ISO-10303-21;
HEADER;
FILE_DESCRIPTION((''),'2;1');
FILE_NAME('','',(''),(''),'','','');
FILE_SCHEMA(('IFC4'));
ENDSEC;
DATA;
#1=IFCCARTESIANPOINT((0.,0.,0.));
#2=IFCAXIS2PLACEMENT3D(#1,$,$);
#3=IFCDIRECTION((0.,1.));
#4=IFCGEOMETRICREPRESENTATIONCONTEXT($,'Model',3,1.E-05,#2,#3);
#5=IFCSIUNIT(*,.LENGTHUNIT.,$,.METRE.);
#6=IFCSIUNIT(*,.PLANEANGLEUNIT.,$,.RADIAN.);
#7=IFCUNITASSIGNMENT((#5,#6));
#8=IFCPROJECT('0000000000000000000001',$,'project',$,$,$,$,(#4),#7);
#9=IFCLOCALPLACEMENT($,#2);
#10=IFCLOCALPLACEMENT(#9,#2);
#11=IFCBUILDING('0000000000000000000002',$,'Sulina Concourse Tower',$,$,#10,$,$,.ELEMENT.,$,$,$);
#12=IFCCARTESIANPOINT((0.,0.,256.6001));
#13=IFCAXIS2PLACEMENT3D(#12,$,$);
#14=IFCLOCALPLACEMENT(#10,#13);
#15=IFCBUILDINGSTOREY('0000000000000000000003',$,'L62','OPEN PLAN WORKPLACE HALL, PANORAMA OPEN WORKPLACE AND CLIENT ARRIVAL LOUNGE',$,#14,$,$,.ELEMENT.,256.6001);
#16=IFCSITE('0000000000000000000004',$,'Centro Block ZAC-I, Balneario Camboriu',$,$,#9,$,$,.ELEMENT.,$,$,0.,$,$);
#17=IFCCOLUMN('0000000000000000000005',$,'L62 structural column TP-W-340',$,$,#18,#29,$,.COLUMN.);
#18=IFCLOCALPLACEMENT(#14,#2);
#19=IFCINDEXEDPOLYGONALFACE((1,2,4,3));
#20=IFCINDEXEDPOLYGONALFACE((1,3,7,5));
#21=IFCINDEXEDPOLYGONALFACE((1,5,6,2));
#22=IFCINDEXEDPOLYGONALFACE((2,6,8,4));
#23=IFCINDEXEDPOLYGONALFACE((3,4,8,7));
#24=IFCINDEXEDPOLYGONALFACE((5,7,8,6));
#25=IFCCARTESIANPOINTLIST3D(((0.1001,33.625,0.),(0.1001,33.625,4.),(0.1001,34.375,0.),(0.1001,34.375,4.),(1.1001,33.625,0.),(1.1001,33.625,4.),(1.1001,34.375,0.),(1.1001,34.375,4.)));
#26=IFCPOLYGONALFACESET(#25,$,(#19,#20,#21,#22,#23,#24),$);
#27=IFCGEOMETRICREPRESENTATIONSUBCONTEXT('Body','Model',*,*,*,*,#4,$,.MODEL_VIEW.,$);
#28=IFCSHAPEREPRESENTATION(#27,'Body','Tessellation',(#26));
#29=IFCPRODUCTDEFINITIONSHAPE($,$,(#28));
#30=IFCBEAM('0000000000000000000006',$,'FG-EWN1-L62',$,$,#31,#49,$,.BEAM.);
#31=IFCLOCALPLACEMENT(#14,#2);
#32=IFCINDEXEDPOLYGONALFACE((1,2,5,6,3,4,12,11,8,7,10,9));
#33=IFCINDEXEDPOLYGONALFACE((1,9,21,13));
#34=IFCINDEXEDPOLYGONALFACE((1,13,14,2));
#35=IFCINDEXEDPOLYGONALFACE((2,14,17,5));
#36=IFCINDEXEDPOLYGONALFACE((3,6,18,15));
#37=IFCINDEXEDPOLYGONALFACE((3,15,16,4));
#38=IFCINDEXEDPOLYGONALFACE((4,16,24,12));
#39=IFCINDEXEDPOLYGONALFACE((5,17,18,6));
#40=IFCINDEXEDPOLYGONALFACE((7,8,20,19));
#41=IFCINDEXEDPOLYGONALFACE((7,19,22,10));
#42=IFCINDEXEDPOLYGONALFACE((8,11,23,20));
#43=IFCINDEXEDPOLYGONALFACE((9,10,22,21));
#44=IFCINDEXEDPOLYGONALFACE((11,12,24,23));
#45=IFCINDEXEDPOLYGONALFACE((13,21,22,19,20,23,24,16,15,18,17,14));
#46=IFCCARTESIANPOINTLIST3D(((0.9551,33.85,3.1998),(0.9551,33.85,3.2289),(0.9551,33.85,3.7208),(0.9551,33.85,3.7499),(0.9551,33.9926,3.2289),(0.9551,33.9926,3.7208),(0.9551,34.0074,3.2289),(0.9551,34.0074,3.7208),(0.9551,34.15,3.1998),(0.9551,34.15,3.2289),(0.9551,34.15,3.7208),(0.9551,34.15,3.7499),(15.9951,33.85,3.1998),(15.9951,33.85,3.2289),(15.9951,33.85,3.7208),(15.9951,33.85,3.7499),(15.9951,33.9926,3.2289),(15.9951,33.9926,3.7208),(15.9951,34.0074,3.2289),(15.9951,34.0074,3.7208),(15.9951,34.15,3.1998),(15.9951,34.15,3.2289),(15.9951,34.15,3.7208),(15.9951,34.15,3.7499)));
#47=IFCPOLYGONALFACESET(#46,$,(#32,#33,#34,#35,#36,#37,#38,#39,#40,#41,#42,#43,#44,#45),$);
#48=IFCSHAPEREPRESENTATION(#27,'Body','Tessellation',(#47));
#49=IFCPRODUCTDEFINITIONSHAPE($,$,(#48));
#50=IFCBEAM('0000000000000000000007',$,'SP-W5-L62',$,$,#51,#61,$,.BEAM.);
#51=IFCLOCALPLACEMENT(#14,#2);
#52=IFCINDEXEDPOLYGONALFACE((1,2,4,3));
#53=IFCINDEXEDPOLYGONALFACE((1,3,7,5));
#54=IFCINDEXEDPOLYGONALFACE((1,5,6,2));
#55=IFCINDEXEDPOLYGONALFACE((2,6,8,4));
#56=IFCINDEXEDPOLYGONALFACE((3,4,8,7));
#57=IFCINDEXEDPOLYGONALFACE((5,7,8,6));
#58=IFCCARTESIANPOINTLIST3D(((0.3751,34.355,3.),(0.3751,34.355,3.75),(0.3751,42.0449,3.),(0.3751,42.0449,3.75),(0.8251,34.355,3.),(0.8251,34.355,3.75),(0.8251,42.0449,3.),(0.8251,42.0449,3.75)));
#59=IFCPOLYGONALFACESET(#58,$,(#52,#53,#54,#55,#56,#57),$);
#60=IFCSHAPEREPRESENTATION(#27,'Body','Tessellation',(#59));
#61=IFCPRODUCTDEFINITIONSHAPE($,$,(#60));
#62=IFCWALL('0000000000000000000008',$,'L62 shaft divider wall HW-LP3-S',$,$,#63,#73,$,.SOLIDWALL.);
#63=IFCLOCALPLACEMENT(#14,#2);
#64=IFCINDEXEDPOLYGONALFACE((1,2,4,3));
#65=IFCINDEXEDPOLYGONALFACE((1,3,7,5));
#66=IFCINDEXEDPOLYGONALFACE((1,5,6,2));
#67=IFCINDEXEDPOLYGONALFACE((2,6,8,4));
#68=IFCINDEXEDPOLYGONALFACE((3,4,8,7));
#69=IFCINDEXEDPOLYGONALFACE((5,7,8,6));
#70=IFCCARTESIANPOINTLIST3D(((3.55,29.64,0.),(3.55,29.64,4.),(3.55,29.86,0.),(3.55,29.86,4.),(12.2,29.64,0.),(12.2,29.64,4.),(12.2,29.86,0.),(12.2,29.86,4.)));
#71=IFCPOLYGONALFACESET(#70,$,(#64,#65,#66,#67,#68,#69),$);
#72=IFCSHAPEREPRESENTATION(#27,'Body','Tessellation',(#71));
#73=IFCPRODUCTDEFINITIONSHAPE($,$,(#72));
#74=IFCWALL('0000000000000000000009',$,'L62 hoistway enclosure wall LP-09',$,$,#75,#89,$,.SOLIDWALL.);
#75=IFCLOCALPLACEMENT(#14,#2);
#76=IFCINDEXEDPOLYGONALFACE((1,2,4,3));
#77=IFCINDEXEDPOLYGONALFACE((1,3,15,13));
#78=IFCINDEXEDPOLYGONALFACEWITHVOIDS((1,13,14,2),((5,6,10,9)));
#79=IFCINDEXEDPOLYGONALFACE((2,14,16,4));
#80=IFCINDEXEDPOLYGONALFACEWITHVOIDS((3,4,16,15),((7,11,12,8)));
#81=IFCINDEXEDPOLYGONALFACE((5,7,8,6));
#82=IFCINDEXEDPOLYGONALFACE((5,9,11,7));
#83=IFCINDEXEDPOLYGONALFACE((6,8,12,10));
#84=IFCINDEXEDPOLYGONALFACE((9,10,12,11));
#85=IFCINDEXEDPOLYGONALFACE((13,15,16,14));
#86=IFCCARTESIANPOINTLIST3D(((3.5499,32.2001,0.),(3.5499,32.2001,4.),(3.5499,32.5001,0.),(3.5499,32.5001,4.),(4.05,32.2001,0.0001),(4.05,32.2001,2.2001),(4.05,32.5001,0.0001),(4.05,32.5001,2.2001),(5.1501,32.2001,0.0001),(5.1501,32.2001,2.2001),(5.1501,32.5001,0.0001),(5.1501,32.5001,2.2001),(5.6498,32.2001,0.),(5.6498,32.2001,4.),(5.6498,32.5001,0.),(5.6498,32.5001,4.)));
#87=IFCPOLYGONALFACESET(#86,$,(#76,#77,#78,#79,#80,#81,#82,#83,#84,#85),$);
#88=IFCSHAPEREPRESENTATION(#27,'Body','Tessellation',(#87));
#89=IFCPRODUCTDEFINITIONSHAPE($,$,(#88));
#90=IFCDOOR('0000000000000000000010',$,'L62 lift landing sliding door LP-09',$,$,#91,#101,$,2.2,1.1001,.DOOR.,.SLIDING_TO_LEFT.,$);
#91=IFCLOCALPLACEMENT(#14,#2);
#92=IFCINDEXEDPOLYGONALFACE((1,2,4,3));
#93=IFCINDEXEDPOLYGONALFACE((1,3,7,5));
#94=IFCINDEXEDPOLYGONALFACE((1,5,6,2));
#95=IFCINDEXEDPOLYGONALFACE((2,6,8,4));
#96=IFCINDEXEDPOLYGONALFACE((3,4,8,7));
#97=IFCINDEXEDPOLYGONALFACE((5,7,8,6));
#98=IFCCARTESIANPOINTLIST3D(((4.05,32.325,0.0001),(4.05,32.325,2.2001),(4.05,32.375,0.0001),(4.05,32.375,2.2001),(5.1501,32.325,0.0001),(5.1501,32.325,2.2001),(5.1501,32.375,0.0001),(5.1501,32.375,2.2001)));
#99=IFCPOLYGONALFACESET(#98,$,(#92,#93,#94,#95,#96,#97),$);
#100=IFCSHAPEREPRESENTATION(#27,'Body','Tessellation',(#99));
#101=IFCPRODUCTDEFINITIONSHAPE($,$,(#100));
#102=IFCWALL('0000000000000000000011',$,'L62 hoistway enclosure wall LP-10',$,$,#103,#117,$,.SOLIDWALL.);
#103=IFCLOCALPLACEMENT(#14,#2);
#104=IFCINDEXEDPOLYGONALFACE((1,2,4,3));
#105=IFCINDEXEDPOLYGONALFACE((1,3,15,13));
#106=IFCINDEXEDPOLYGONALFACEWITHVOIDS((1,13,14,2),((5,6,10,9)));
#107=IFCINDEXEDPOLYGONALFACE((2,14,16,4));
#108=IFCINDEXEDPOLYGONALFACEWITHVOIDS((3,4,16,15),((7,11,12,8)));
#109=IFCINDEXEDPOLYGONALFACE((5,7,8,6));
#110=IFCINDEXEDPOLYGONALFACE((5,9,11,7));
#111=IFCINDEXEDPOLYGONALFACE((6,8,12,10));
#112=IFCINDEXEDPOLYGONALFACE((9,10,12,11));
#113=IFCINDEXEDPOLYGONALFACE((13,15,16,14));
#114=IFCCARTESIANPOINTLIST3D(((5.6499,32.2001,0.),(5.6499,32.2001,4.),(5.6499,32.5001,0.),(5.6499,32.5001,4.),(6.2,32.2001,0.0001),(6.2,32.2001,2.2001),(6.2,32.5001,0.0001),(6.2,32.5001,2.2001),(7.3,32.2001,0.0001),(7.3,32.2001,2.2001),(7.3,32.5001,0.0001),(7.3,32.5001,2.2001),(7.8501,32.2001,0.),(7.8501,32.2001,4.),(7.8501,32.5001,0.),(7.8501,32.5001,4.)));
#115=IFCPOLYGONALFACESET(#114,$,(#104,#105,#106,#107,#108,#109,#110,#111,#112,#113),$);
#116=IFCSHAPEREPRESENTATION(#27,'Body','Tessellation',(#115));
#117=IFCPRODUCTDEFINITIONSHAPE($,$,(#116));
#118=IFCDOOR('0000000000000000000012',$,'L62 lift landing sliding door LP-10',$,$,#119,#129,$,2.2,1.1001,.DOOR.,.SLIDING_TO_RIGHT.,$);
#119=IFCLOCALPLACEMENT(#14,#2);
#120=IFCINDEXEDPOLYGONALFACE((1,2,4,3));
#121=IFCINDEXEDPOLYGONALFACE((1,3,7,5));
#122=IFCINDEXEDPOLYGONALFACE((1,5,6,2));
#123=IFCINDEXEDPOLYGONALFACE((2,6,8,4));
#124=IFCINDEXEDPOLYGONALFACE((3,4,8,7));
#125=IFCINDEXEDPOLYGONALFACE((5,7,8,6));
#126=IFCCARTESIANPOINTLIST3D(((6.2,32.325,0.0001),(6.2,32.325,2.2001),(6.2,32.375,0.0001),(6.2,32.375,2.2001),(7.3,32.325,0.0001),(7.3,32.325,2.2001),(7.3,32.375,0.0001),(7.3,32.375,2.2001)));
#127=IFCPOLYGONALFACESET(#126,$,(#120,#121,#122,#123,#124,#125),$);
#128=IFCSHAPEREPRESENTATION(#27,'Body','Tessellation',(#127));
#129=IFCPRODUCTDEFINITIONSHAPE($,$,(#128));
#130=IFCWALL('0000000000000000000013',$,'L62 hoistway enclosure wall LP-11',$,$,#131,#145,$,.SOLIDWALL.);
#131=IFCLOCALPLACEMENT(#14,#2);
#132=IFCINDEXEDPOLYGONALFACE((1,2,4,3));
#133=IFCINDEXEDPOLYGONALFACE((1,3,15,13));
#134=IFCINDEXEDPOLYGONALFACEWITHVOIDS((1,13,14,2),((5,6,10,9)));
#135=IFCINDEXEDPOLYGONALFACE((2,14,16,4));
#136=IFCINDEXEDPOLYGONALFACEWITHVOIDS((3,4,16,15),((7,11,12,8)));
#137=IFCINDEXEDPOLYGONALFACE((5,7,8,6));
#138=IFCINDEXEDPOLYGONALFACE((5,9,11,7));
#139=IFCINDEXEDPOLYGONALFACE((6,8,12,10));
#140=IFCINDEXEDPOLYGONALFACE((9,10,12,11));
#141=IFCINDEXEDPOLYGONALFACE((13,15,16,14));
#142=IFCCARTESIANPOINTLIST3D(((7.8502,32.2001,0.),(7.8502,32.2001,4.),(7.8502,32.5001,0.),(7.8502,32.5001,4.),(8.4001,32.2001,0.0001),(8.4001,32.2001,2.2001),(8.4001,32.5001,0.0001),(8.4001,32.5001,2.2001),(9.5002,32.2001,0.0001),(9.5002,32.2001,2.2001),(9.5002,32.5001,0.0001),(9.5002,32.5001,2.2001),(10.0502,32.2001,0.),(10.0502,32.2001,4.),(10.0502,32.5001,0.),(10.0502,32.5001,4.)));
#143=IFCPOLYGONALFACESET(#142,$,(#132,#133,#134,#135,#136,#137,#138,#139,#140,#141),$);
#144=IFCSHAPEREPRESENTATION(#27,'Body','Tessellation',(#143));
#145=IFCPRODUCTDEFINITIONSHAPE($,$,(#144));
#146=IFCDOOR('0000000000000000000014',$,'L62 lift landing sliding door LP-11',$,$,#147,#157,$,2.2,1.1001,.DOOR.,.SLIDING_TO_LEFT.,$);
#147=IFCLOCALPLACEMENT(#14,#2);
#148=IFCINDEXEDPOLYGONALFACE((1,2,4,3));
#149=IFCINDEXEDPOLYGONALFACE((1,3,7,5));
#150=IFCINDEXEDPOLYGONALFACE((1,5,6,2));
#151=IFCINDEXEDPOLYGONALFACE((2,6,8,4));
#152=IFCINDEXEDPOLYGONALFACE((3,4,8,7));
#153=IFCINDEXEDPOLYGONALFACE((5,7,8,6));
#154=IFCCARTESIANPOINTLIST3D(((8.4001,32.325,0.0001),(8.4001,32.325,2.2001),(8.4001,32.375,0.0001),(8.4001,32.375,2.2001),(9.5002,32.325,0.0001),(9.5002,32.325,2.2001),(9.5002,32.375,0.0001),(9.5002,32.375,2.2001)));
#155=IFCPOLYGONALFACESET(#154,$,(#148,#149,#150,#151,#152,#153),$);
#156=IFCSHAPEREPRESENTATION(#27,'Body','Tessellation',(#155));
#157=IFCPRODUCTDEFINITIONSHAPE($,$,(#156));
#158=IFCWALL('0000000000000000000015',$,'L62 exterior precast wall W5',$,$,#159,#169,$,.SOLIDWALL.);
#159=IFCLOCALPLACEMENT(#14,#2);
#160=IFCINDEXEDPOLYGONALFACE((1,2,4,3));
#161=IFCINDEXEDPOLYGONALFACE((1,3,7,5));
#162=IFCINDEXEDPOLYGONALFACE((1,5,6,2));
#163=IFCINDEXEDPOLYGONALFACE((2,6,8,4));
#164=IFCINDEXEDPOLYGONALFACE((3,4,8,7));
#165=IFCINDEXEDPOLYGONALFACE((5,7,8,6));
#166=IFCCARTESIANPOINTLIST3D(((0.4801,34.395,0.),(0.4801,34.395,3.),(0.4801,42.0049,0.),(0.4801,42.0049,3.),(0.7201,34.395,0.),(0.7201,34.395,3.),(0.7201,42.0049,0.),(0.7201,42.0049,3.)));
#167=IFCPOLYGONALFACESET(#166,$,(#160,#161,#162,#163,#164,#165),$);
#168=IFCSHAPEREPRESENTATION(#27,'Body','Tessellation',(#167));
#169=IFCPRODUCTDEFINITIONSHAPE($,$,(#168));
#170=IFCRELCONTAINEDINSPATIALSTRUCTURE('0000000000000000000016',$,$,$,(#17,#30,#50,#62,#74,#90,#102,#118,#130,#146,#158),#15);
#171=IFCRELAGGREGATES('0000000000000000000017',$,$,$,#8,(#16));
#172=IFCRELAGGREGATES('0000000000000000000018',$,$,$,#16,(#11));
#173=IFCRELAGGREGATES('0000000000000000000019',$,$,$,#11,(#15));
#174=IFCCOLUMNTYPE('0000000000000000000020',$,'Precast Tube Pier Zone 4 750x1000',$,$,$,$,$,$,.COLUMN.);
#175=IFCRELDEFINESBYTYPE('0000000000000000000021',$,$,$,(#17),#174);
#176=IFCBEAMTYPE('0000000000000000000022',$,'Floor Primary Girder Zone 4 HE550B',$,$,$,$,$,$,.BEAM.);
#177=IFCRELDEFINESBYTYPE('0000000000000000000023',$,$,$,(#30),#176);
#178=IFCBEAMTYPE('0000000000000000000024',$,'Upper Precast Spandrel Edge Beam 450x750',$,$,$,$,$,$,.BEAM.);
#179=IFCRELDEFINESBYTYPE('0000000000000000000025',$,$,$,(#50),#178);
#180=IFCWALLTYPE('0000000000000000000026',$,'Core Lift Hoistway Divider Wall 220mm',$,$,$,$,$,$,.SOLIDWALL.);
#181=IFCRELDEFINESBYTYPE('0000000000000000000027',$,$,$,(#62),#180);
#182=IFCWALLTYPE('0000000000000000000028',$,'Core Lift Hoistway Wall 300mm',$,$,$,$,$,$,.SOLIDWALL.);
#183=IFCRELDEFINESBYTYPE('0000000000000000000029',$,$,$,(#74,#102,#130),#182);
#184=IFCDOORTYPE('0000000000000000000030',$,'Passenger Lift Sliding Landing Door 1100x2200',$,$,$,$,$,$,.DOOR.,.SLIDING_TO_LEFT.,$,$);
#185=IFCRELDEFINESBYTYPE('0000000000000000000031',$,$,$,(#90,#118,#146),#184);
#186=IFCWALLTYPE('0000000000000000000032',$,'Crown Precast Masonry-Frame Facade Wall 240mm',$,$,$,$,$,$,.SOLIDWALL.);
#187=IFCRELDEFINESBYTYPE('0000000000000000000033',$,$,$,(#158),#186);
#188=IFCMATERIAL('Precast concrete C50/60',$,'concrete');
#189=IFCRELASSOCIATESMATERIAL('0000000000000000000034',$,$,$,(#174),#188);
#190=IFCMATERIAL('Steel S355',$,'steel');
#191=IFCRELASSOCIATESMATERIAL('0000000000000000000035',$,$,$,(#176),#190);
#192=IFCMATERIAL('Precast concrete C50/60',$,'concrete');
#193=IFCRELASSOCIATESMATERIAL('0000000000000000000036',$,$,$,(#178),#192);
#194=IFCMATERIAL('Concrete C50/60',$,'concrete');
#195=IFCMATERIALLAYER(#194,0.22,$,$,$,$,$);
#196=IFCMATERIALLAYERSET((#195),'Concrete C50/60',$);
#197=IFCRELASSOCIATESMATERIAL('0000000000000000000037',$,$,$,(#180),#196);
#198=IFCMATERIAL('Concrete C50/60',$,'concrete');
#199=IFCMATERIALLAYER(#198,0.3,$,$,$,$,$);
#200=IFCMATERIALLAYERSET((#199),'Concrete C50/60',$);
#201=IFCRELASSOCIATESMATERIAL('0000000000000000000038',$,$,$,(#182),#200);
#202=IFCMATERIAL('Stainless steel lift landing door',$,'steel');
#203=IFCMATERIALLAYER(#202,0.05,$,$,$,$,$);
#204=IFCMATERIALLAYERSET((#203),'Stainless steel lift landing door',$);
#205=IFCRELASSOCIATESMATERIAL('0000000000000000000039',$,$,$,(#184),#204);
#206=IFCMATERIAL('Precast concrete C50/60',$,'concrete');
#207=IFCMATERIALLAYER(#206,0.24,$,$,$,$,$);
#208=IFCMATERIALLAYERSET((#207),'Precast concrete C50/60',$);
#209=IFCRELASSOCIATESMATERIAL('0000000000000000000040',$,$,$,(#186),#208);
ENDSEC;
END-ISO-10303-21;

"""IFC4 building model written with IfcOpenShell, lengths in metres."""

from ifc_helpers import new_model, si_unit, direction, frame, frame_2d, origin, origin_2d, place, context, subcontext, project, spatial, rectangle, i_section, extrude, material, layer, layer_set, material_profile, profile_set, type_object, element, fill, save


model = new_model("IFC4")

# Units and contexts
model_context = context("Model", 3, precision=1e-05, world=origin(), true_north=direction((0.0, 1.0)))
body_context = subcontext(model_context, "Body", "Model", "MODEL_VIEW")
ifc_project = project(units=[si_unit("LENGTHUNIT", "METRE"), si_unit("PLANEANGLEUNIT", "RADIAN")], contexts=[model_context])

# Site, building, storey
site_placement = place(None, origin())
site = spatial("IfcSite", under=ifc_project, at=site_placement, Name="Centro Block ZAC-I, Balneario Camboriu", CompositionType="ELEMENT", RefElevation=0.0)
building_placement = place(site_placement, origin())
building = spatial("IfcBuilding", under=site, at=building_placement, Name="Sulina Concourse Tower", CompositionType="ELEMENT")
storey_placement = place(building_placement, frame((0.0, 0.0, 256.6001)))
storey = spatial("IfcBuildingStorey", under=building, at=storey_placement, Name="L62", Description="OPEN PLAN WORKPLACE HALL, PANORAMA OPEN WORKPLACE AND CLIENT ARRIVAL LOUNGE", CompositionType="ELEMENT", Elevation=256.6001)

# Column
ifc_material_1 = material(Name="Precast concrete C50/60", Category="concrete")
ifc_material_profile_1 = material_profile(ifc_material_1, rectangle(XDim=0.75, YDim=1.0, at=origin_2d()), Name="PC 750x1000")
ifc_profile_set_1 = profile_set([ifc_material_profile_1], Name="Precast concrete C50/60")
column_type = type_object("IfcColumnType", Name="Precast Tube Pier Zone 4 750x1000", PredefinedType="COLUMN", material=ifc_profile_set_1)
column_placement = place(storey_placement, frame((0.6001, 34.0, 0.0), z_axis=(0.0, 0.0, 1.0), x_axis=(0.0, 1.0, 0.0)))
element("IfcColumn", 1, at=column_placement, inside=storey, type_object=column_type, Name="L62 structural column TP-W-340", PredefinedType="COLUMN", context=body_context, shape_type="SweptSolid", body=[
    extrude(rectangle(XDim=0.75, YDim=1.0, at=origin_2d()), origin(), (0.0, 0.0, 1.0), 4.0),
])

# Beams
ifc_material_2 = material(Name="Steel S355", Category="steel")
ifc_material_profile_2 = material_profile(ifc_material_2, i_section(OverallWidth=0.3, OverallDepth=0.55, WebThickness=0.0149, FlangeThickness=0.0291, at=origin_2d()), Name="HE 550 B")
ifc_profile_set_2 = profile_set([ifc_material_profile_2], Name="Steel S355")
beam_type_1 = type_object("IfcBeamType", Name="Floor Primary Girder Zone 4 HE550B", PredefinedType="BEAM", material=ifc_profile_set_2)
beam_1_placement = place(storey_placement, frame((0.9551, 34.0, 3.4749), z_axis=(1.0, 0.0, 0.0), x_axis=(0.0, 1.0, 0.0)))
element("IfcBeam", 2, at=beam_1_placement, inside=storey, type_object=beam_type_1, Name="FG-EWN1-L62", PredefinedType="BEAM", context=body_context, shape_type="SweptSolid", body=[
    extrude(i_section(OverallWidth=0.3, OverallDepth=0.55, WebThickness=0.0149, FlangeThickness=0.0291, at=origin_2d()), origin(), (0.0, 0.0, 1.0), 15.04),
])
ifc_material_3 = material(Name="Precast concrete C50/60", Category="concrete")
ifc_material_profile_3 = material_profile(ifc_material_3, rectangle(XDim=0.45, YDim=0.75, at=origin_2d()), Name="RC 450x750")
ifc_profile_set_3 = profile_set([ifc_material_profile_3], Name="Precast concrete C50/60")
beam_type_2 = type_object("IfcBeamType", Name="Upper Precast Spandrel Edge Beam 450x750", PredefinedType="BEAM", material=ifc_profile_set_3)
beam_2_placement = place(storey_placement, frame((0.6001, 34.355, 3.375), z_axis=(0.0, 1.0, 0.0), x_axis=(-1.0, 0.0, 0.0)))
element("IfcBeam", 3, at=beam_2_placement, inside=storey, type_object=beam_type_2, Name="SP-W5-L62", PredefinedType="BEAM", context=body_context, shape_type="SweptSolid", body=[
    extrude(rectangle(XDim=0.45, YDim=0.75, at=origin_2d()), origin(), (0.0, 0.0, 1.0), 7.6899),
])

# Wall
ifc_material_4 = material(Name="Concrete C50/60", Category="concrete")
ifc_layer_1 = layer(ifc_material_4, 0.22)
ifc_layer_set_1 = layer_set([ifc_layer_1], Name="Concrete C50/60")
wall_type_1 = type_object("IfcWallType", Name="Core Lift Hoistway Divider Wall 220mm", PredefinedType="SOLIDWALL", material=ifc_layer_set_1)
wall_1_placement = place(storey_placement, frame((3.55, 29.75, 0.0), z_axis=(0.0, 0.0, 1.0), x_axis=(1.0, 0.0, 0.0)))
element("IfcWall", 4, at=wall_1_placement, inside=storey, type_object=wall_type_1, Name="L62 shaft divider wall HW-LP3-S", PredefinedType="SOLIDWALL", context=body_context, shape_type="SweptSolid", body=[
    extrude(rectangle(XDim=8.6499, YDim=0.22, at=frame_2d((4.325, 0.0))), origin(), (0.0, 0.0, 1.0), 4.0),
])

# Walls, openings, doors
ifc_material_5 = material(Name="Concrete C50/60", Category="concrete")
ifc_layer_2 = layer(ifc_material_5, 0.3)
ifc_layer_set_2 = layer_set([ifc_layer_2], Name="Concrete C50/60")
wall_type_2 = type_object("IfcWallType", Name="Core Lift Hoistway Wall 300mm", PredefinedType="SOLIDWALL", material=ifc_layer_set_2)
wall_2_placement = place(storey_placement, frame((3.55, 32.3501, 0.0), z_axis=(0.0, 0.0, 1.0), x_axis=(1.0, 0.0, 0.0)))
wall_2 = element("IfcWall", 5, at=wall_2_placement, inside=storey, type_object=wall_type_2, Name="L62 hoistway enclosure wall LP-09", PredefinedType="SOLIDWALL", context=body_context, shape_type="SweptSolid", body=[
    extrude(rectangle(XDim=2.0999, YDim=0.3, at=frame_2d((1.0498, 0.0))), origin(), (0.0, 0.0, 1.0), 4.0),
])
opening_1_placement = place(wall_2_placement, frame((0.5, 0.0, 0.0)))
opening_1 = element("IfcOpeningElement", 6, at=opening_1_placement, cuts=wall_2, PredefinedType="OPENING", context=body_context, shape_type="SweptSolid", body=[
    extrude(rectangle(XDim=1.1001, YDim=2.2, at=frame_2d((0.55, 1.1001))), frame((0.0, 0.1599, 0.0), z_axis=(0.0, -1.0, 0.0), x_axis=(1.0, 0.0, 0.0)), (0.0, 0.0, 1.0), 0.3201),
])
ifc_material_6 = material(Name="Stainless steel lift landing door", Category="steel")
ifc_layer_3 = layer(ifc_material_6, 0.05)
ifc_layer_set_3 = layer_set([ifc_layer_3], Name="Stainless steel lift landing door")
door_type_1 = type_object("IfcDoorType", Name="Passenger Lift Sliding Landing Door 1100x2200", OperationType="SLIDING_TO_LEFT", PredefinedType="DOOR", material=ifc_layer_set_3)
door_1_placement = place(opening_1_placement, origin())
door_1 = element("IfcDoor", 7, at=door_1_placement, inside=storey, type_object=door_type_1, Name="L62 lift landing sliding door LP-09", OperationType="SLIDING_TO_LEFT", OverallHeight=2.2, OverallWidth=1.1001, PredefinedType="DOOR", context=body_context, shape_type="SweptSolid", body=[
    extrude(rectangle(XDim=1.1001, YDim=2.2, at=frame_2d((0.55, 1.1001))), frame((0.0, 0.0249, 0.0), z_axis=(0.0, -1.0, 0.0), x_axis=(1.0, 0.0, 0.0)), (0.0, 0.0, 1.0), 0.05),
])
fill(opening_1, door_1)
wall_3_placement = place(storey_placement, frame((5.6499, 32.3501, 0.0), z_axis=(0.0, 0.0, 1.0), x_axis=(1.0, 0.0, 0.0)))
wall_3 = element("IfcWall", 8, at=wall_3_placement, inside=storey, type_object=wall_type_2, Name="L62 hoistway enclosure wall LP-10", PredefinedType="SOLIDWALL", context=body_context, shape_type="SweptSolid", body=[
    extrude(rectangle(XDim=2.2002, YDim=0.3, at=frame_2d((1.1001, 0.0))), origin(), (0.0, 0.0, 1.0), 4.0),
])
opening_2_placement = place(wall_3_placement, frame((0.55, 0.0, 0.0)))
opening_2 = element("IfcOpeningElement", 9, at=opening_2_placement, cuts=wall_3, PredefinedType="OPENING", context=body_context, shape_type="SweptSolid", body=[
    extrude(rectangle(XDim=1.1001, YDim=2.2, at=frame_2d((0.55, 1.1001))), frame((0.0, 0.1599, 0.0), z_axis=(0.0, -1.0, 0.0), x_axis=(1.0, 0.0, 0.0)), (0.0, 0.0, 1.0), 0.3201),
])
door_2_placement = place(opening_2_placement, origin())
door_2 = element("IfcDoor", 10, at=door_2_placement, inside=storey, type_object=door_type_1, Name="L62 lift landing sliding door LP-10", OperationType="SLIDING_TO_RIGHT", OverallHeight=2.2, OverallWidth=1.1001, PredefinedType="DOOR", context=body_context, shape_type="SweptSolid", body=[
    extrude(rectangle(XDim=1.1001, YDim=2.2, at=frame_2d((0.55, 1.1001))), frame((0.0, 0.0249, 0.0), z_axis=(0.0, -1.0, 0.0), x_axis=(1.0, 0.0, 0.0)), (0.0, 0.0, 1.0), 0.05),
])
fill(opening_2, door_2)
wall_4_placement = place(storey_placement, frame((7.8501, 32.3501, 0.0), z_axis=(0.0, 0.0, 1.0), x_axis=(1.0, 0.0, 0.0)))
wall_4 = element("IfcWall", 11, at=wall_4_placement, inside=storey, type_object=wall_type_2, Name="L62 hoistway enclosure wall LP-11", PredefinedType="SOLIDWALL", context=body_context, shape_type="SweptSolid", body=[
    extrude(rectangle(XDim=2.2, YDim=0.3, at=frame_2d((1.1001, 0.0))), origin(), (0.0, 0.0, 1.0), 4.0),
])
opening_3_placement = place(wall_4_placement, frame((0.55, 0.0, 0.0)))
opening_3 = element("IfcOpeningElement", 12, at=opening_3_placement, cuts=wall_4, PredefinedType="OPENING", context=body_context, shape_type="SweptSolid", body=[
    extrude(rectangle(XDim=1.1001, YDim=2.2, at=frame_2d((0.55, 1.1001))), frame((0.0, 0.1599, 0.0), z_axis=(0.0, -1.0, 0.0), x_axis=(1.0, 0.0, 0.0)), (0.0, 0.0, 1.0), 0.3201),
])
door_3_placement = place(opening_3_placement, origin())
door_3 = element("IfcDoor", 13, at=door_3_placement, inside=storey, type_object=door_type_1, Name="L62 lift landing sliding door LP-11", OperationType="SLIDING_TO_LEFT", OverallHeight=2.2, OverallWidth=1.1001, PredefinedType="DOOR", context=body_context, shape_type="SweptSolid", body=[
    extrude(rectangle(XDim=1.1001, YDim=2.2, at=frame_2d((0.55, 1.1001))), frame((0.0, 0.0249, 0.0), z_axis=(0.0, -1.0, 0.0), x_axis=(1.0, 0.0, 0.0)), (0.0, 0.0, 1.0), 0.05),
])
fill(opening_3, door_3)

# Wall
ifc_material_7 = material(Name="Precast concrete C50/60", Category="concrete")
ifc_layer_4 = layer(ifc_material_7, 0.24)
ifc_layer_set_4 = layer_set([ifc_layer_4], Name="Precast concrete C50/60")
wall_type_3 = type_object("IfcWallType", Name="Crown Precast Masonry-Frame Facade Wall 240mm", PredefinedType="SOLIDWALL", material=ifc_layer_set_4)
wall_5_placement = place(storey_placement, frame((0.6001, 34.395, 0.0), z_axis=(0.0, 0.0, 1.0), x_axis=(0.0, 1.0, 0.0)))
element("IfcWall", 14, at=wall_5_placement, inside=storey, type_object=wall_type_3, Name="L62 exterior precast wall W5", PredefinedType="SOLIDWALL", context=body_context, shape_type="SweptSolid", body=[
    extrude(rectangle(XDim=7.6099, YDim=0.24, at=frame_2d((3.8049, 0.0))), origin(), (0.0, 0.0, 1.0), 3.0),
])

save(model, "model.ifc")
